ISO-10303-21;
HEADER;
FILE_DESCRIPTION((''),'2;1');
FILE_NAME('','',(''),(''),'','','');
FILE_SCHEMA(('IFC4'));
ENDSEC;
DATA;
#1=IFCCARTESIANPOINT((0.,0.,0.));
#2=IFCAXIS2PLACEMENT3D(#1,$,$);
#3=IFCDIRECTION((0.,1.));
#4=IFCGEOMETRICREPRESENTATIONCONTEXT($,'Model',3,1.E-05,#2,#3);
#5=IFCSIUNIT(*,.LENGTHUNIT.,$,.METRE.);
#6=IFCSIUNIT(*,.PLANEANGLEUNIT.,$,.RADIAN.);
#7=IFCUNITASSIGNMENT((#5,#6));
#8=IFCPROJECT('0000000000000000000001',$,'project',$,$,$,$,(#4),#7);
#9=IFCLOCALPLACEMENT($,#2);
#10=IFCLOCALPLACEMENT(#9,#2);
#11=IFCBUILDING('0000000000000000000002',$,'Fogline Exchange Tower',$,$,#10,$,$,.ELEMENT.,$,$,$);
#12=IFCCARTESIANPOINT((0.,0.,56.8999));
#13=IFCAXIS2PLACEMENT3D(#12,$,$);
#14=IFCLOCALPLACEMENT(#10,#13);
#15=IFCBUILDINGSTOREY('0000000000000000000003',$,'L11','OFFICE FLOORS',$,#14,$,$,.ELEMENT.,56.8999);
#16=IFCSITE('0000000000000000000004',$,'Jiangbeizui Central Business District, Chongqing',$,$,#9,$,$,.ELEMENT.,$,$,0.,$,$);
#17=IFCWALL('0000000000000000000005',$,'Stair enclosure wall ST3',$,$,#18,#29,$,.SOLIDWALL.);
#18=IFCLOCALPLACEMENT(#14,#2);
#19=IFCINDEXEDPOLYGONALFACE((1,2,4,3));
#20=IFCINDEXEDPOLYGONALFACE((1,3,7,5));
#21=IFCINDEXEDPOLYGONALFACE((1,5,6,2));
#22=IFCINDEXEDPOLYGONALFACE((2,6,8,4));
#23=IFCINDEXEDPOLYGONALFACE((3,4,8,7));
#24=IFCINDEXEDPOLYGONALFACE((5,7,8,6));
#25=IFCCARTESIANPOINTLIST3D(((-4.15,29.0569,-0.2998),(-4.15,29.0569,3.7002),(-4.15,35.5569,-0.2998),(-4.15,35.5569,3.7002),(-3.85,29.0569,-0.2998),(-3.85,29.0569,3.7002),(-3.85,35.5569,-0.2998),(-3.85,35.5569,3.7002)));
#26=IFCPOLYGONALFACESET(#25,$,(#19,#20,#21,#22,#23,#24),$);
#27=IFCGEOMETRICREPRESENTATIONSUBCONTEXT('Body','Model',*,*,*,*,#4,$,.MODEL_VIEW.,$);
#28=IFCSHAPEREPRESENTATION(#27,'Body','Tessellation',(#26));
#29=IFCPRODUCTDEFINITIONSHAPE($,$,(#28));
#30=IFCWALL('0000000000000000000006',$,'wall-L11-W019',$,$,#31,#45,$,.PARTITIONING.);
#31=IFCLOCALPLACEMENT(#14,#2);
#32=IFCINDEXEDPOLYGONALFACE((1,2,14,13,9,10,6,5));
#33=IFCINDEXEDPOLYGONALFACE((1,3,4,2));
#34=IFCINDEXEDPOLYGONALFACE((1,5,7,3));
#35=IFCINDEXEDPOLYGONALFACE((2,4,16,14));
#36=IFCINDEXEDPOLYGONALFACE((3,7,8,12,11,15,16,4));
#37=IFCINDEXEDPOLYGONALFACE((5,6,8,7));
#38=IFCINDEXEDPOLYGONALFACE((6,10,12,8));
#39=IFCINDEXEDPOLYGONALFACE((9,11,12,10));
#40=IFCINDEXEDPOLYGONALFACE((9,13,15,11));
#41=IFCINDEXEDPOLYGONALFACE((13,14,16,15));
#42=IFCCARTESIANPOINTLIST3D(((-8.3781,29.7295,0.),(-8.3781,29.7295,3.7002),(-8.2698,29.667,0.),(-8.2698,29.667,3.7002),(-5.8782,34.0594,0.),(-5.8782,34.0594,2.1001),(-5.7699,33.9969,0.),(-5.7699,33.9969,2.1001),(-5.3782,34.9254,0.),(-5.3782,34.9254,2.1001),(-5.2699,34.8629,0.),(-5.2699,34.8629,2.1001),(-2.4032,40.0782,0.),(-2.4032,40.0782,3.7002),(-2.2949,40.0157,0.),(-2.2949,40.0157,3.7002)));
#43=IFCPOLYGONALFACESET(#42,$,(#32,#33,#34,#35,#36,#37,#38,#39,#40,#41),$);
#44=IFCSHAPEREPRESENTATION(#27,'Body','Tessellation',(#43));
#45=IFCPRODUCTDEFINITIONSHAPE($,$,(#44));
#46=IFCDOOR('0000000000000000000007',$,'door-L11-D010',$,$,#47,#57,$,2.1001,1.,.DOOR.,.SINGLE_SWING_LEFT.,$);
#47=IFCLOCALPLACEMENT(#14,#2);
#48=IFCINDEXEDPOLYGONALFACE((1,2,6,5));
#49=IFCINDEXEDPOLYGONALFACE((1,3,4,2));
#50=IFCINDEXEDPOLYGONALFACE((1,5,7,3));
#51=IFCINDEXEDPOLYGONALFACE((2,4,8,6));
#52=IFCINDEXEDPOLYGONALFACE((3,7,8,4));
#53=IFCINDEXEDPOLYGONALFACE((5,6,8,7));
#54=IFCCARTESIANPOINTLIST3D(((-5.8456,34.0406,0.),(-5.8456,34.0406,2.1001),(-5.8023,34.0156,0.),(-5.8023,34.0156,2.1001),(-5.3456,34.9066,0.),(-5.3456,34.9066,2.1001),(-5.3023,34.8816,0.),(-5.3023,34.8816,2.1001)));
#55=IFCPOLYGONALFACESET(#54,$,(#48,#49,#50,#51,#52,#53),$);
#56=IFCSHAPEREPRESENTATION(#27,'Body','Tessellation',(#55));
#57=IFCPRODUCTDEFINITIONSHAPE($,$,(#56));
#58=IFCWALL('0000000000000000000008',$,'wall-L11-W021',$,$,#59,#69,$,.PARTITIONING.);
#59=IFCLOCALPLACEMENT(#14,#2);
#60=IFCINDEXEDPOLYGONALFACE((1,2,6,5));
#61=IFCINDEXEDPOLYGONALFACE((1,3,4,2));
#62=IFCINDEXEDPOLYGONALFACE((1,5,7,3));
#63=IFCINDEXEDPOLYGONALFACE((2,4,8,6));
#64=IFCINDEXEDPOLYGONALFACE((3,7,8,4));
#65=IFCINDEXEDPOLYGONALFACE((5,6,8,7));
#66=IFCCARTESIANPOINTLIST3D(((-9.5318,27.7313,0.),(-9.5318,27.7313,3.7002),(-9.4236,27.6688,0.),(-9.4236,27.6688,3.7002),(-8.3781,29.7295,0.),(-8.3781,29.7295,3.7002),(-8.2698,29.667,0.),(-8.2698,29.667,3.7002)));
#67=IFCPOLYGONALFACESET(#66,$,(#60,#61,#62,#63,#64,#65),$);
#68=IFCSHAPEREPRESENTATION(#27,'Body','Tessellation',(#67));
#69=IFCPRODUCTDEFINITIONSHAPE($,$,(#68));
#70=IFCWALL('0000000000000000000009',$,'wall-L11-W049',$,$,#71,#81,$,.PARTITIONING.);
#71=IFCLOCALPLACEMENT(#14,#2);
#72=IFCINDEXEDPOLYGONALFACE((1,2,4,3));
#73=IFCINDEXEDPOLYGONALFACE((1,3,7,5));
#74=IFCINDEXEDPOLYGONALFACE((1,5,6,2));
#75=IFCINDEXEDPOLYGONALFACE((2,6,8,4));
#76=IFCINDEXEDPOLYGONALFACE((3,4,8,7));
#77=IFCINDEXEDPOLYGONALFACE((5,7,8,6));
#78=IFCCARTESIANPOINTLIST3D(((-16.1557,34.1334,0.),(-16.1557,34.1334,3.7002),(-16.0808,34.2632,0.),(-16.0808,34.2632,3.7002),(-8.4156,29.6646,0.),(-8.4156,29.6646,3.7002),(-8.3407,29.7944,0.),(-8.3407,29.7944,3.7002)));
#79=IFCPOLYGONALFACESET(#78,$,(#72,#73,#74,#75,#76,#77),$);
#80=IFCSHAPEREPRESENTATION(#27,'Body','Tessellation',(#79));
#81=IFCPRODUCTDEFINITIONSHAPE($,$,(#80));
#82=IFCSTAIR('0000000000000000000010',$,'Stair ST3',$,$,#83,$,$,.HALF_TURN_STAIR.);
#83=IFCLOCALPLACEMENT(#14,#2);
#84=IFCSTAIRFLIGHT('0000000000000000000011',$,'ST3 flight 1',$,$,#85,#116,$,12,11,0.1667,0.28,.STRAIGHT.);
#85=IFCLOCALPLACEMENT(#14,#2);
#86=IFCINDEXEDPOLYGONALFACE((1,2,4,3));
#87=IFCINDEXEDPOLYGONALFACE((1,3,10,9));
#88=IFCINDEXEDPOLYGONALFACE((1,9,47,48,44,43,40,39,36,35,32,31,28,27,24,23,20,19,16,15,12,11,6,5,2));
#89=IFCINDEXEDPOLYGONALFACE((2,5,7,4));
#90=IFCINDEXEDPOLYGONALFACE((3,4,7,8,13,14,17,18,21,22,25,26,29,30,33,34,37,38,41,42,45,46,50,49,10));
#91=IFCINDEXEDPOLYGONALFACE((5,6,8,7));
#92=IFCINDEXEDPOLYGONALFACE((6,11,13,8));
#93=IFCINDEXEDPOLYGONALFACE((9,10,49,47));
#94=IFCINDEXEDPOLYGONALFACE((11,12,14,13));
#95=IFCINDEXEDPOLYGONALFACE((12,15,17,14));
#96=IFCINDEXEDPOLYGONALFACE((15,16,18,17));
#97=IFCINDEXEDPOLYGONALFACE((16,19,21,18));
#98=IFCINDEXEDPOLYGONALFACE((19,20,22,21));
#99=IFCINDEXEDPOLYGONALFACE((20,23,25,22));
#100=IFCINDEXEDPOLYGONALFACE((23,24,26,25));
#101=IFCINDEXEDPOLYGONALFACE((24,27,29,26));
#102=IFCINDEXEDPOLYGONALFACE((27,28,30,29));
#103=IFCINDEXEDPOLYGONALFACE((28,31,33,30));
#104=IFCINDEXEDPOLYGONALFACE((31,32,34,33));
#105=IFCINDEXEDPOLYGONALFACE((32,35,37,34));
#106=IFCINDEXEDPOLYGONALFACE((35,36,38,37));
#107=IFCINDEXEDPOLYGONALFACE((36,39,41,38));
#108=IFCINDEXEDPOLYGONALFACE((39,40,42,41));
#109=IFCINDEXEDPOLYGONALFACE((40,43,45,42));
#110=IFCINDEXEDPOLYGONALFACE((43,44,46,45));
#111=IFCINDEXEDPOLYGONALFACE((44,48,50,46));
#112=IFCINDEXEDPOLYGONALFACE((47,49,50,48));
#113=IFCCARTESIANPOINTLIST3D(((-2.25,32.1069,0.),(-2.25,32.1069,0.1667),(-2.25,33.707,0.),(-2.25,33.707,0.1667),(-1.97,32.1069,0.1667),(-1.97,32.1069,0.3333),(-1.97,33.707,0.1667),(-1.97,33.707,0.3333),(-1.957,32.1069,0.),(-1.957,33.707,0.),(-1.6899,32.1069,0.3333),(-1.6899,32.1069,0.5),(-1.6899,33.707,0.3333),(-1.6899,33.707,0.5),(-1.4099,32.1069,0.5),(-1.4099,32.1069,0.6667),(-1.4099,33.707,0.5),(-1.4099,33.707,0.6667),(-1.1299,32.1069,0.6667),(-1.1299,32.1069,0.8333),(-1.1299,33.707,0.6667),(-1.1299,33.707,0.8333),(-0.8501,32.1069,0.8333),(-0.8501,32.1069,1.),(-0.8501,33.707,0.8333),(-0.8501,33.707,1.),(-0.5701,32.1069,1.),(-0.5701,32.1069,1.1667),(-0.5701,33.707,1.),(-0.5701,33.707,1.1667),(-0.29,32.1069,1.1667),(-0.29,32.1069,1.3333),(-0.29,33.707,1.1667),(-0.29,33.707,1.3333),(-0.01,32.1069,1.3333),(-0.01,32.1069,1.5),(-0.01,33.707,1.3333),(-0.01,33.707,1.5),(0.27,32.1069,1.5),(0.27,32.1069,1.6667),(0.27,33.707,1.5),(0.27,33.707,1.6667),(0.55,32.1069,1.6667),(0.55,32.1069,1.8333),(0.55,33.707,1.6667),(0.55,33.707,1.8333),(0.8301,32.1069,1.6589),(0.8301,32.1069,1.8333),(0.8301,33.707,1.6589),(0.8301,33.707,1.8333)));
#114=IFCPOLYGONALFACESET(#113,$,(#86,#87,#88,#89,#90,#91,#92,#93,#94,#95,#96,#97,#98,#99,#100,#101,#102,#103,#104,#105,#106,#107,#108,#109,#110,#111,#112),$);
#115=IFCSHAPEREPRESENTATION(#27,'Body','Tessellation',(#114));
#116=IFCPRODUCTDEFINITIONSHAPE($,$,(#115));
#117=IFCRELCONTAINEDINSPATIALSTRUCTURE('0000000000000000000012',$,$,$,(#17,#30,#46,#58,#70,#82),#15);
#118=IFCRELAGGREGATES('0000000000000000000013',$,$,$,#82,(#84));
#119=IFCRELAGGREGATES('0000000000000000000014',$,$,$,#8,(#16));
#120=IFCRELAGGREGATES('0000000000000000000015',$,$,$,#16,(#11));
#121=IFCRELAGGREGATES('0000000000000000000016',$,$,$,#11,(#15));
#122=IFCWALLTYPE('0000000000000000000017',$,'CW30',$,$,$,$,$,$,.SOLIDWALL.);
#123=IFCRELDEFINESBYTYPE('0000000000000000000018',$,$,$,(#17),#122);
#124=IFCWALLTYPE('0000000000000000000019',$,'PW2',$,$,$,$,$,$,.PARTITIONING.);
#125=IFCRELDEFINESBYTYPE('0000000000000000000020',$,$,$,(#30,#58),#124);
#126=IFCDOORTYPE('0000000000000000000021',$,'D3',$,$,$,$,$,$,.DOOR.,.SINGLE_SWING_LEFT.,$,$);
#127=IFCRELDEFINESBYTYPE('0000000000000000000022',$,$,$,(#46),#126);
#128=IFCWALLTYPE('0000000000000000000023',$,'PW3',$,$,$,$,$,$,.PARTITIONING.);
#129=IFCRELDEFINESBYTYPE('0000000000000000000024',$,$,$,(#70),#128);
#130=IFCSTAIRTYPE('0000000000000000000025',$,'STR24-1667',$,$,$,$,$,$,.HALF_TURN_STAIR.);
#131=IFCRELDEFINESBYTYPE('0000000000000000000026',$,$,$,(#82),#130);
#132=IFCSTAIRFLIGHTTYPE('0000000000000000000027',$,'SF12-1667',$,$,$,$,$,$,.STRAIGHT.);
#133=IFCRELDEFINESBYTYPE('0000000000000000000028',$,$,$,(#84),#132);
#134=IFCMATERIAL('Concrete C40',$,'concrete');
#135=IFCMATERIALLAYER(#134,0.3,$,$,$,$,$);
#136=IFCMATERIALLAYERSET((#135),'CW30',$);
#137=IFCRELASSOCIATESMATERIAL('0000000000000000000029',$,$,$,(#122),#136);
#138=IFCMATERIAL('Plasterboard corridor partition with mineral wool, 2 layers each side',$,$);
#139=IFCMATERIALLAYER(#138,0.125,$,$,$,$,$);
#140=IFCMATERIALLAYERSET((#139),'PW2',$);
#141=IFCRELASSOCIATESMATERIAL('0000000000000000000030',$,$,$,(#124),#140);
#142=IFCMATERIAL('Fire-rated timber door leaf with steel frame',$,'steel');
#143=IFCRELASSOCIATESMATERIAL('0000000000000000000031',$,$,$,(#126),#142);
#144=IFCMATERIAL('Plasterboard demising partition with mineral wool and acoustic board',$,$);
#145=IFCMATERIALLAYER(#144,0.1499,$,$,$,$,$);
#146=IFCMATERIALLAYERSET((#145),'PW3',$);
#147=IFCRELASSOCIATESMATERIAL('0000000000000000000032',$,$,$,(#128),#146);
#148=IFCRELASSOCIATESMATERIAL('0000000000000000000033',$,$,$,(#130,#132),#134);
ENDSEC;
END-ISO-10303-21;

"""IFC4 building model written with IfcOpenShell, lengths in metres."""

from ifc_helpers import new_model, si_unit, direction, frame, frame_2d, origin, place, context, subcontext, project, spatial, polyline, rectangle, outline, extrude, material, layer, layer_set, type_object, element, fill, aggregate, save


model = new_model("IFC4")

# Units and contexts
model_context = context("Model", 3, precision=1e-05, world=origin(), true_north=direction((0.0, 1.0)))
body_context = subcontext(model_context, "Body", "Model", "MODEL_VIEW")
ifc_project = project(units=[si_unit("LENGTHUNIT", "METRE"), si_unit("PLANEANGLEUNIT", "RADIAN")], contexts=[model_context])

# Site, building, storey
site_placement = place(None, origin())
site = spatial("IfcSite", under=ifc_project, at=site_placement, Name="Jiangbeizui Central Business District, Chongqing", CompositionType="ELEMENT", RefElevation=0.0)
building_placement = place(site_placement, origin())
building = spatial("IfcBuilding", under=site, at=building_placement, Name="Fogline Exchange Tower", CompositionType="ELEMENT")
storey_placement = place(building_placement, frame((0.0, 0.0, 56.8999)))
storey = spatial("IfcBuildingStorey", under=building, at=storey_placement, Name="L11", Description="OFFICE FLOORS", CompositionType="ELEMENT", Elevation=56.8999)

# Shared definitions
ifc_material_1 = material(Name="Concrete C40", Category="concrete")

# Shared definitions
ifc_layer_1 = layer(ifc_material_1, 0.3)
ifc_layer_set_1 = layer_set([ifc_layer_1], Name="CW30")
wall_type_1 = type_object("IfcWallType", Name="CW30", PredefinedType="SOLIDWALL", material=ifc_layer_set_1)

# Wall
wall_1_placement = place(storey_placement, frame((-4.0, 29.0569, -0.2998), z_axis=(0.0, 0.0, 1.0), x_axis=(0.0, 1.0, 0.0)))
element("IfcWall", 1, at=wall_1_placement, inside=storey, type_object=wall_type_1, Name="Stair enclosure wall ST3", PredefinedType="SOLIDWALL", context=body_context, shape_type="SweptSolid", body=[
    extrude(rectangle(XDim=6.5, YDim=0.3, at=frame_2d((3.25, 0.0))), origin(), (0.0, 0.0, 1.0), 4.0),
])

# Wall, opening, door
ifc_material_2 = material(Name="Plasterboard corridor partition with mineral wool, 2 layers each side")
ifc_layer_2 = layer(ifc_material_2, 0.125)
ifc_layer_set_2 = layer_set([ifc_layer_2], Name="PW2")
wall_type_2 = type_object("IfcWallType", Name="PW2", PredefinedType="PARTITIONING", material=ifc_layer_set_2)
wall_2_placement = place(storey_placement, frame((-8.324, 29.6982, 0.0), z_axis=(0.0, 0.0, 1.0), x_axis=(0.500004, 0.866023, 0.0)))
wall_2 = element("IfcWall", 2, at=wall_2_placement, inside=storey, type_object=wall_type_2, Name="wall-L11-W019", PredefinedType="PARTITIONING", context=body_context, shape_type="SweptSolid", body=[
    extrude(rectangle(XDim=11.9497, YDim=0.125, at=frame_2d((5.9749, 0.0))), origin(), (0.0, 0.0, 1.0), 3.7002),
])
opening_1_placement = place(wall_2_placement, frame((4.9998, 0.0, 0.0)))
opening_1 = element("IfcOpeningElement", 3, at=opening_1_placement, cuts=wall_2, PredefinedType="OPENING", context=body_context, shape_type="SweptSolid", body=[
    extrude(rectangle(XDim=1.0, YDim=2.1001, at=frame_2d((0.5, 1.05))), frame((0.0, 0.0725, 0.0), z_axis=(0.0, -1.0, 0.0), x_axis=(1.0, 0.0, 0.0)), (0.0, 0.0, 1.0), 0.145),
])
ifc_material_3 = material(Name="Fire-rated timber door leaf with steel frame", Category="steel")
door_type_1 = type_object("IfcDoorType", Name="D3", OperationType="SINGLE_SWING_LEFT", PredefinedType="DOOR", material=ifc_material_3)
door_1_placement = place(opening_1_placement, origin())
door_1 = element("IfcDoor", 4, at=door_1_placement, inside=storey, type_object=door_type_1, Name="door-L11-D010", OperationType="SINGLE_SWING_LEFT", OverallHeight=2.1001, OverallWidth=1.0, PredefinedType="DOOR", context=body_context, shape_type="SweptSolid", body=[
    extrude(rectangle(XDim=1.0, YDim=2.1001, at=frame_2d((0.5, 1.05))), frame((0.0, 0.0249, 0.0), z_axis=(0.0, -1.0, 0.0), x_axis=(1.0, 0.0, 0.0)), (0.0, 0.0, 1.0), 0.05),
])
fill(opening_1, door_1)

# Walls
wall_3_placement = place(storey_placement, frame((-9.4778, 27.7, 0.0), z_axis=(0.0, 0.0, 1.0), x_axis=(0.500031, 0.866008, 0.0)))
element("IfcWall", 5, at=wall_3_placement, inside=storey, type_object=wall_type_2, Name="wall-L11-W021", PredefinedType="PARTITIONING", context=body_context, shape_type="SweptSolid", body=[
    extrude(rectangle(XDim=2.3074, YDim=0.125, at=frame_2d((1.1538, 0.0))), origin(), (0.0, 0.0, 1.0), 3.7002),
])
ifc_material_4 = material(Name="Plasterboard demising partition with mineral wool and acoustic board")
ifc_layer_3 = layer(ifc_material_4, 0.1499)
ifc_layer_set_3 = layer_set([ifc_layer_3], Name="PW3")
wall_type_3 = type_object("IfcWallType", Name="PW3", PredefinedType="PARTITIONING", material=ifc_layer_set_3)
wall_4_placement = place(storey_placement, frame((-8.3782, 29.7295, 0.0), z_axis=(0.0, 0.0, 1.0), x_axis=(-0.866022, 0.500005, 0.0)))
element("IfcWall", 6, at=wall_4_placement, inside=storey, type_object=wall_type_3, Name="wall-L11-W049", PredefinedType="PARTITIONING", context=body_context, shape_type="SweptSolid", body=[
    extrude(rectangle(XDim=8.9375, YDim=0.1499, at=frame_2d((4.4688, 0.0))), origin(), (0.0, 0.0, 1.0), 3.7002),
])

# Stair, stair flight
stair_type = type_object("IfcStairType", Name="STR24-1667", PredefinedType="HALF_TURN_STAIR", material=ifc_material_1)
stair_placement = place(storey_placement, origin())
stair = element("IfcStair", 7, at=stair_placement, inside=storey, type_object=stair_type, Name="Stair ST3", PredefinedType="HALF_TURN_STAIR")
stair_flight_type = type_object("IfcStairFlightType", Name="SF12-1667", PredefinedType="STRAIGHT", material=ifc_material_1)
stair_flight_placement = place(storey_placement, frame((-2.25, 32.907, 0.0), z_axis=(0.0, 0.0, 1.0), x_axis=(1.0, 0.0, 0.0)))
stair_flight = element("IfcStairFlight", 8, at=stair_flight_placement, type_object=stair_flight_type, Name="ST3 flight 1", NumberOfRisers=12, NumberOfTreads=11, PredefinedType="STRAIGHT", RiserHeight=0.1667, TreadLength=0.28, context=body_context, shape_type="SweptSolid", body=[
    extrude(outline(polyline([(0.0, 0.0), (0.0, 0.1667), (0.28, 0.1667), (0.28, 0.3333), (0.5601, 0.3333), (0.5601, 0.5), (0.8401, 0.5), (0.8401, 0.6667), (1.1201, 0.6667), (1.1201, 0.8333), (1.3999, 0.8333), (1.3999, 1.0), (1.6799, 1.0), (1.6799, 1.1667), (1.96, 1.1667), (1.96, 1.3333), (2.24, 1.3333), (2.24, 1.5), (2.52, 1.5), (2.52, 1.6667), (2.8, 1.6667), (2.8, 1.8333), (3.0801, 1.8333), (3.0801, 2.0), (3.0801, 1.6589), (0.293, 0.0), (0.0, 0.0)])), frame((0.0, 0.8, 0.0), z_axis=(0.0, -1.0, 0.0), x_axis=(1.0, 0.0, 0.0)), (0.0, 0.0, 1.0), 1.6001),
])
aggregate(stair, [stair_flight])

save(model, "model.ifc")
